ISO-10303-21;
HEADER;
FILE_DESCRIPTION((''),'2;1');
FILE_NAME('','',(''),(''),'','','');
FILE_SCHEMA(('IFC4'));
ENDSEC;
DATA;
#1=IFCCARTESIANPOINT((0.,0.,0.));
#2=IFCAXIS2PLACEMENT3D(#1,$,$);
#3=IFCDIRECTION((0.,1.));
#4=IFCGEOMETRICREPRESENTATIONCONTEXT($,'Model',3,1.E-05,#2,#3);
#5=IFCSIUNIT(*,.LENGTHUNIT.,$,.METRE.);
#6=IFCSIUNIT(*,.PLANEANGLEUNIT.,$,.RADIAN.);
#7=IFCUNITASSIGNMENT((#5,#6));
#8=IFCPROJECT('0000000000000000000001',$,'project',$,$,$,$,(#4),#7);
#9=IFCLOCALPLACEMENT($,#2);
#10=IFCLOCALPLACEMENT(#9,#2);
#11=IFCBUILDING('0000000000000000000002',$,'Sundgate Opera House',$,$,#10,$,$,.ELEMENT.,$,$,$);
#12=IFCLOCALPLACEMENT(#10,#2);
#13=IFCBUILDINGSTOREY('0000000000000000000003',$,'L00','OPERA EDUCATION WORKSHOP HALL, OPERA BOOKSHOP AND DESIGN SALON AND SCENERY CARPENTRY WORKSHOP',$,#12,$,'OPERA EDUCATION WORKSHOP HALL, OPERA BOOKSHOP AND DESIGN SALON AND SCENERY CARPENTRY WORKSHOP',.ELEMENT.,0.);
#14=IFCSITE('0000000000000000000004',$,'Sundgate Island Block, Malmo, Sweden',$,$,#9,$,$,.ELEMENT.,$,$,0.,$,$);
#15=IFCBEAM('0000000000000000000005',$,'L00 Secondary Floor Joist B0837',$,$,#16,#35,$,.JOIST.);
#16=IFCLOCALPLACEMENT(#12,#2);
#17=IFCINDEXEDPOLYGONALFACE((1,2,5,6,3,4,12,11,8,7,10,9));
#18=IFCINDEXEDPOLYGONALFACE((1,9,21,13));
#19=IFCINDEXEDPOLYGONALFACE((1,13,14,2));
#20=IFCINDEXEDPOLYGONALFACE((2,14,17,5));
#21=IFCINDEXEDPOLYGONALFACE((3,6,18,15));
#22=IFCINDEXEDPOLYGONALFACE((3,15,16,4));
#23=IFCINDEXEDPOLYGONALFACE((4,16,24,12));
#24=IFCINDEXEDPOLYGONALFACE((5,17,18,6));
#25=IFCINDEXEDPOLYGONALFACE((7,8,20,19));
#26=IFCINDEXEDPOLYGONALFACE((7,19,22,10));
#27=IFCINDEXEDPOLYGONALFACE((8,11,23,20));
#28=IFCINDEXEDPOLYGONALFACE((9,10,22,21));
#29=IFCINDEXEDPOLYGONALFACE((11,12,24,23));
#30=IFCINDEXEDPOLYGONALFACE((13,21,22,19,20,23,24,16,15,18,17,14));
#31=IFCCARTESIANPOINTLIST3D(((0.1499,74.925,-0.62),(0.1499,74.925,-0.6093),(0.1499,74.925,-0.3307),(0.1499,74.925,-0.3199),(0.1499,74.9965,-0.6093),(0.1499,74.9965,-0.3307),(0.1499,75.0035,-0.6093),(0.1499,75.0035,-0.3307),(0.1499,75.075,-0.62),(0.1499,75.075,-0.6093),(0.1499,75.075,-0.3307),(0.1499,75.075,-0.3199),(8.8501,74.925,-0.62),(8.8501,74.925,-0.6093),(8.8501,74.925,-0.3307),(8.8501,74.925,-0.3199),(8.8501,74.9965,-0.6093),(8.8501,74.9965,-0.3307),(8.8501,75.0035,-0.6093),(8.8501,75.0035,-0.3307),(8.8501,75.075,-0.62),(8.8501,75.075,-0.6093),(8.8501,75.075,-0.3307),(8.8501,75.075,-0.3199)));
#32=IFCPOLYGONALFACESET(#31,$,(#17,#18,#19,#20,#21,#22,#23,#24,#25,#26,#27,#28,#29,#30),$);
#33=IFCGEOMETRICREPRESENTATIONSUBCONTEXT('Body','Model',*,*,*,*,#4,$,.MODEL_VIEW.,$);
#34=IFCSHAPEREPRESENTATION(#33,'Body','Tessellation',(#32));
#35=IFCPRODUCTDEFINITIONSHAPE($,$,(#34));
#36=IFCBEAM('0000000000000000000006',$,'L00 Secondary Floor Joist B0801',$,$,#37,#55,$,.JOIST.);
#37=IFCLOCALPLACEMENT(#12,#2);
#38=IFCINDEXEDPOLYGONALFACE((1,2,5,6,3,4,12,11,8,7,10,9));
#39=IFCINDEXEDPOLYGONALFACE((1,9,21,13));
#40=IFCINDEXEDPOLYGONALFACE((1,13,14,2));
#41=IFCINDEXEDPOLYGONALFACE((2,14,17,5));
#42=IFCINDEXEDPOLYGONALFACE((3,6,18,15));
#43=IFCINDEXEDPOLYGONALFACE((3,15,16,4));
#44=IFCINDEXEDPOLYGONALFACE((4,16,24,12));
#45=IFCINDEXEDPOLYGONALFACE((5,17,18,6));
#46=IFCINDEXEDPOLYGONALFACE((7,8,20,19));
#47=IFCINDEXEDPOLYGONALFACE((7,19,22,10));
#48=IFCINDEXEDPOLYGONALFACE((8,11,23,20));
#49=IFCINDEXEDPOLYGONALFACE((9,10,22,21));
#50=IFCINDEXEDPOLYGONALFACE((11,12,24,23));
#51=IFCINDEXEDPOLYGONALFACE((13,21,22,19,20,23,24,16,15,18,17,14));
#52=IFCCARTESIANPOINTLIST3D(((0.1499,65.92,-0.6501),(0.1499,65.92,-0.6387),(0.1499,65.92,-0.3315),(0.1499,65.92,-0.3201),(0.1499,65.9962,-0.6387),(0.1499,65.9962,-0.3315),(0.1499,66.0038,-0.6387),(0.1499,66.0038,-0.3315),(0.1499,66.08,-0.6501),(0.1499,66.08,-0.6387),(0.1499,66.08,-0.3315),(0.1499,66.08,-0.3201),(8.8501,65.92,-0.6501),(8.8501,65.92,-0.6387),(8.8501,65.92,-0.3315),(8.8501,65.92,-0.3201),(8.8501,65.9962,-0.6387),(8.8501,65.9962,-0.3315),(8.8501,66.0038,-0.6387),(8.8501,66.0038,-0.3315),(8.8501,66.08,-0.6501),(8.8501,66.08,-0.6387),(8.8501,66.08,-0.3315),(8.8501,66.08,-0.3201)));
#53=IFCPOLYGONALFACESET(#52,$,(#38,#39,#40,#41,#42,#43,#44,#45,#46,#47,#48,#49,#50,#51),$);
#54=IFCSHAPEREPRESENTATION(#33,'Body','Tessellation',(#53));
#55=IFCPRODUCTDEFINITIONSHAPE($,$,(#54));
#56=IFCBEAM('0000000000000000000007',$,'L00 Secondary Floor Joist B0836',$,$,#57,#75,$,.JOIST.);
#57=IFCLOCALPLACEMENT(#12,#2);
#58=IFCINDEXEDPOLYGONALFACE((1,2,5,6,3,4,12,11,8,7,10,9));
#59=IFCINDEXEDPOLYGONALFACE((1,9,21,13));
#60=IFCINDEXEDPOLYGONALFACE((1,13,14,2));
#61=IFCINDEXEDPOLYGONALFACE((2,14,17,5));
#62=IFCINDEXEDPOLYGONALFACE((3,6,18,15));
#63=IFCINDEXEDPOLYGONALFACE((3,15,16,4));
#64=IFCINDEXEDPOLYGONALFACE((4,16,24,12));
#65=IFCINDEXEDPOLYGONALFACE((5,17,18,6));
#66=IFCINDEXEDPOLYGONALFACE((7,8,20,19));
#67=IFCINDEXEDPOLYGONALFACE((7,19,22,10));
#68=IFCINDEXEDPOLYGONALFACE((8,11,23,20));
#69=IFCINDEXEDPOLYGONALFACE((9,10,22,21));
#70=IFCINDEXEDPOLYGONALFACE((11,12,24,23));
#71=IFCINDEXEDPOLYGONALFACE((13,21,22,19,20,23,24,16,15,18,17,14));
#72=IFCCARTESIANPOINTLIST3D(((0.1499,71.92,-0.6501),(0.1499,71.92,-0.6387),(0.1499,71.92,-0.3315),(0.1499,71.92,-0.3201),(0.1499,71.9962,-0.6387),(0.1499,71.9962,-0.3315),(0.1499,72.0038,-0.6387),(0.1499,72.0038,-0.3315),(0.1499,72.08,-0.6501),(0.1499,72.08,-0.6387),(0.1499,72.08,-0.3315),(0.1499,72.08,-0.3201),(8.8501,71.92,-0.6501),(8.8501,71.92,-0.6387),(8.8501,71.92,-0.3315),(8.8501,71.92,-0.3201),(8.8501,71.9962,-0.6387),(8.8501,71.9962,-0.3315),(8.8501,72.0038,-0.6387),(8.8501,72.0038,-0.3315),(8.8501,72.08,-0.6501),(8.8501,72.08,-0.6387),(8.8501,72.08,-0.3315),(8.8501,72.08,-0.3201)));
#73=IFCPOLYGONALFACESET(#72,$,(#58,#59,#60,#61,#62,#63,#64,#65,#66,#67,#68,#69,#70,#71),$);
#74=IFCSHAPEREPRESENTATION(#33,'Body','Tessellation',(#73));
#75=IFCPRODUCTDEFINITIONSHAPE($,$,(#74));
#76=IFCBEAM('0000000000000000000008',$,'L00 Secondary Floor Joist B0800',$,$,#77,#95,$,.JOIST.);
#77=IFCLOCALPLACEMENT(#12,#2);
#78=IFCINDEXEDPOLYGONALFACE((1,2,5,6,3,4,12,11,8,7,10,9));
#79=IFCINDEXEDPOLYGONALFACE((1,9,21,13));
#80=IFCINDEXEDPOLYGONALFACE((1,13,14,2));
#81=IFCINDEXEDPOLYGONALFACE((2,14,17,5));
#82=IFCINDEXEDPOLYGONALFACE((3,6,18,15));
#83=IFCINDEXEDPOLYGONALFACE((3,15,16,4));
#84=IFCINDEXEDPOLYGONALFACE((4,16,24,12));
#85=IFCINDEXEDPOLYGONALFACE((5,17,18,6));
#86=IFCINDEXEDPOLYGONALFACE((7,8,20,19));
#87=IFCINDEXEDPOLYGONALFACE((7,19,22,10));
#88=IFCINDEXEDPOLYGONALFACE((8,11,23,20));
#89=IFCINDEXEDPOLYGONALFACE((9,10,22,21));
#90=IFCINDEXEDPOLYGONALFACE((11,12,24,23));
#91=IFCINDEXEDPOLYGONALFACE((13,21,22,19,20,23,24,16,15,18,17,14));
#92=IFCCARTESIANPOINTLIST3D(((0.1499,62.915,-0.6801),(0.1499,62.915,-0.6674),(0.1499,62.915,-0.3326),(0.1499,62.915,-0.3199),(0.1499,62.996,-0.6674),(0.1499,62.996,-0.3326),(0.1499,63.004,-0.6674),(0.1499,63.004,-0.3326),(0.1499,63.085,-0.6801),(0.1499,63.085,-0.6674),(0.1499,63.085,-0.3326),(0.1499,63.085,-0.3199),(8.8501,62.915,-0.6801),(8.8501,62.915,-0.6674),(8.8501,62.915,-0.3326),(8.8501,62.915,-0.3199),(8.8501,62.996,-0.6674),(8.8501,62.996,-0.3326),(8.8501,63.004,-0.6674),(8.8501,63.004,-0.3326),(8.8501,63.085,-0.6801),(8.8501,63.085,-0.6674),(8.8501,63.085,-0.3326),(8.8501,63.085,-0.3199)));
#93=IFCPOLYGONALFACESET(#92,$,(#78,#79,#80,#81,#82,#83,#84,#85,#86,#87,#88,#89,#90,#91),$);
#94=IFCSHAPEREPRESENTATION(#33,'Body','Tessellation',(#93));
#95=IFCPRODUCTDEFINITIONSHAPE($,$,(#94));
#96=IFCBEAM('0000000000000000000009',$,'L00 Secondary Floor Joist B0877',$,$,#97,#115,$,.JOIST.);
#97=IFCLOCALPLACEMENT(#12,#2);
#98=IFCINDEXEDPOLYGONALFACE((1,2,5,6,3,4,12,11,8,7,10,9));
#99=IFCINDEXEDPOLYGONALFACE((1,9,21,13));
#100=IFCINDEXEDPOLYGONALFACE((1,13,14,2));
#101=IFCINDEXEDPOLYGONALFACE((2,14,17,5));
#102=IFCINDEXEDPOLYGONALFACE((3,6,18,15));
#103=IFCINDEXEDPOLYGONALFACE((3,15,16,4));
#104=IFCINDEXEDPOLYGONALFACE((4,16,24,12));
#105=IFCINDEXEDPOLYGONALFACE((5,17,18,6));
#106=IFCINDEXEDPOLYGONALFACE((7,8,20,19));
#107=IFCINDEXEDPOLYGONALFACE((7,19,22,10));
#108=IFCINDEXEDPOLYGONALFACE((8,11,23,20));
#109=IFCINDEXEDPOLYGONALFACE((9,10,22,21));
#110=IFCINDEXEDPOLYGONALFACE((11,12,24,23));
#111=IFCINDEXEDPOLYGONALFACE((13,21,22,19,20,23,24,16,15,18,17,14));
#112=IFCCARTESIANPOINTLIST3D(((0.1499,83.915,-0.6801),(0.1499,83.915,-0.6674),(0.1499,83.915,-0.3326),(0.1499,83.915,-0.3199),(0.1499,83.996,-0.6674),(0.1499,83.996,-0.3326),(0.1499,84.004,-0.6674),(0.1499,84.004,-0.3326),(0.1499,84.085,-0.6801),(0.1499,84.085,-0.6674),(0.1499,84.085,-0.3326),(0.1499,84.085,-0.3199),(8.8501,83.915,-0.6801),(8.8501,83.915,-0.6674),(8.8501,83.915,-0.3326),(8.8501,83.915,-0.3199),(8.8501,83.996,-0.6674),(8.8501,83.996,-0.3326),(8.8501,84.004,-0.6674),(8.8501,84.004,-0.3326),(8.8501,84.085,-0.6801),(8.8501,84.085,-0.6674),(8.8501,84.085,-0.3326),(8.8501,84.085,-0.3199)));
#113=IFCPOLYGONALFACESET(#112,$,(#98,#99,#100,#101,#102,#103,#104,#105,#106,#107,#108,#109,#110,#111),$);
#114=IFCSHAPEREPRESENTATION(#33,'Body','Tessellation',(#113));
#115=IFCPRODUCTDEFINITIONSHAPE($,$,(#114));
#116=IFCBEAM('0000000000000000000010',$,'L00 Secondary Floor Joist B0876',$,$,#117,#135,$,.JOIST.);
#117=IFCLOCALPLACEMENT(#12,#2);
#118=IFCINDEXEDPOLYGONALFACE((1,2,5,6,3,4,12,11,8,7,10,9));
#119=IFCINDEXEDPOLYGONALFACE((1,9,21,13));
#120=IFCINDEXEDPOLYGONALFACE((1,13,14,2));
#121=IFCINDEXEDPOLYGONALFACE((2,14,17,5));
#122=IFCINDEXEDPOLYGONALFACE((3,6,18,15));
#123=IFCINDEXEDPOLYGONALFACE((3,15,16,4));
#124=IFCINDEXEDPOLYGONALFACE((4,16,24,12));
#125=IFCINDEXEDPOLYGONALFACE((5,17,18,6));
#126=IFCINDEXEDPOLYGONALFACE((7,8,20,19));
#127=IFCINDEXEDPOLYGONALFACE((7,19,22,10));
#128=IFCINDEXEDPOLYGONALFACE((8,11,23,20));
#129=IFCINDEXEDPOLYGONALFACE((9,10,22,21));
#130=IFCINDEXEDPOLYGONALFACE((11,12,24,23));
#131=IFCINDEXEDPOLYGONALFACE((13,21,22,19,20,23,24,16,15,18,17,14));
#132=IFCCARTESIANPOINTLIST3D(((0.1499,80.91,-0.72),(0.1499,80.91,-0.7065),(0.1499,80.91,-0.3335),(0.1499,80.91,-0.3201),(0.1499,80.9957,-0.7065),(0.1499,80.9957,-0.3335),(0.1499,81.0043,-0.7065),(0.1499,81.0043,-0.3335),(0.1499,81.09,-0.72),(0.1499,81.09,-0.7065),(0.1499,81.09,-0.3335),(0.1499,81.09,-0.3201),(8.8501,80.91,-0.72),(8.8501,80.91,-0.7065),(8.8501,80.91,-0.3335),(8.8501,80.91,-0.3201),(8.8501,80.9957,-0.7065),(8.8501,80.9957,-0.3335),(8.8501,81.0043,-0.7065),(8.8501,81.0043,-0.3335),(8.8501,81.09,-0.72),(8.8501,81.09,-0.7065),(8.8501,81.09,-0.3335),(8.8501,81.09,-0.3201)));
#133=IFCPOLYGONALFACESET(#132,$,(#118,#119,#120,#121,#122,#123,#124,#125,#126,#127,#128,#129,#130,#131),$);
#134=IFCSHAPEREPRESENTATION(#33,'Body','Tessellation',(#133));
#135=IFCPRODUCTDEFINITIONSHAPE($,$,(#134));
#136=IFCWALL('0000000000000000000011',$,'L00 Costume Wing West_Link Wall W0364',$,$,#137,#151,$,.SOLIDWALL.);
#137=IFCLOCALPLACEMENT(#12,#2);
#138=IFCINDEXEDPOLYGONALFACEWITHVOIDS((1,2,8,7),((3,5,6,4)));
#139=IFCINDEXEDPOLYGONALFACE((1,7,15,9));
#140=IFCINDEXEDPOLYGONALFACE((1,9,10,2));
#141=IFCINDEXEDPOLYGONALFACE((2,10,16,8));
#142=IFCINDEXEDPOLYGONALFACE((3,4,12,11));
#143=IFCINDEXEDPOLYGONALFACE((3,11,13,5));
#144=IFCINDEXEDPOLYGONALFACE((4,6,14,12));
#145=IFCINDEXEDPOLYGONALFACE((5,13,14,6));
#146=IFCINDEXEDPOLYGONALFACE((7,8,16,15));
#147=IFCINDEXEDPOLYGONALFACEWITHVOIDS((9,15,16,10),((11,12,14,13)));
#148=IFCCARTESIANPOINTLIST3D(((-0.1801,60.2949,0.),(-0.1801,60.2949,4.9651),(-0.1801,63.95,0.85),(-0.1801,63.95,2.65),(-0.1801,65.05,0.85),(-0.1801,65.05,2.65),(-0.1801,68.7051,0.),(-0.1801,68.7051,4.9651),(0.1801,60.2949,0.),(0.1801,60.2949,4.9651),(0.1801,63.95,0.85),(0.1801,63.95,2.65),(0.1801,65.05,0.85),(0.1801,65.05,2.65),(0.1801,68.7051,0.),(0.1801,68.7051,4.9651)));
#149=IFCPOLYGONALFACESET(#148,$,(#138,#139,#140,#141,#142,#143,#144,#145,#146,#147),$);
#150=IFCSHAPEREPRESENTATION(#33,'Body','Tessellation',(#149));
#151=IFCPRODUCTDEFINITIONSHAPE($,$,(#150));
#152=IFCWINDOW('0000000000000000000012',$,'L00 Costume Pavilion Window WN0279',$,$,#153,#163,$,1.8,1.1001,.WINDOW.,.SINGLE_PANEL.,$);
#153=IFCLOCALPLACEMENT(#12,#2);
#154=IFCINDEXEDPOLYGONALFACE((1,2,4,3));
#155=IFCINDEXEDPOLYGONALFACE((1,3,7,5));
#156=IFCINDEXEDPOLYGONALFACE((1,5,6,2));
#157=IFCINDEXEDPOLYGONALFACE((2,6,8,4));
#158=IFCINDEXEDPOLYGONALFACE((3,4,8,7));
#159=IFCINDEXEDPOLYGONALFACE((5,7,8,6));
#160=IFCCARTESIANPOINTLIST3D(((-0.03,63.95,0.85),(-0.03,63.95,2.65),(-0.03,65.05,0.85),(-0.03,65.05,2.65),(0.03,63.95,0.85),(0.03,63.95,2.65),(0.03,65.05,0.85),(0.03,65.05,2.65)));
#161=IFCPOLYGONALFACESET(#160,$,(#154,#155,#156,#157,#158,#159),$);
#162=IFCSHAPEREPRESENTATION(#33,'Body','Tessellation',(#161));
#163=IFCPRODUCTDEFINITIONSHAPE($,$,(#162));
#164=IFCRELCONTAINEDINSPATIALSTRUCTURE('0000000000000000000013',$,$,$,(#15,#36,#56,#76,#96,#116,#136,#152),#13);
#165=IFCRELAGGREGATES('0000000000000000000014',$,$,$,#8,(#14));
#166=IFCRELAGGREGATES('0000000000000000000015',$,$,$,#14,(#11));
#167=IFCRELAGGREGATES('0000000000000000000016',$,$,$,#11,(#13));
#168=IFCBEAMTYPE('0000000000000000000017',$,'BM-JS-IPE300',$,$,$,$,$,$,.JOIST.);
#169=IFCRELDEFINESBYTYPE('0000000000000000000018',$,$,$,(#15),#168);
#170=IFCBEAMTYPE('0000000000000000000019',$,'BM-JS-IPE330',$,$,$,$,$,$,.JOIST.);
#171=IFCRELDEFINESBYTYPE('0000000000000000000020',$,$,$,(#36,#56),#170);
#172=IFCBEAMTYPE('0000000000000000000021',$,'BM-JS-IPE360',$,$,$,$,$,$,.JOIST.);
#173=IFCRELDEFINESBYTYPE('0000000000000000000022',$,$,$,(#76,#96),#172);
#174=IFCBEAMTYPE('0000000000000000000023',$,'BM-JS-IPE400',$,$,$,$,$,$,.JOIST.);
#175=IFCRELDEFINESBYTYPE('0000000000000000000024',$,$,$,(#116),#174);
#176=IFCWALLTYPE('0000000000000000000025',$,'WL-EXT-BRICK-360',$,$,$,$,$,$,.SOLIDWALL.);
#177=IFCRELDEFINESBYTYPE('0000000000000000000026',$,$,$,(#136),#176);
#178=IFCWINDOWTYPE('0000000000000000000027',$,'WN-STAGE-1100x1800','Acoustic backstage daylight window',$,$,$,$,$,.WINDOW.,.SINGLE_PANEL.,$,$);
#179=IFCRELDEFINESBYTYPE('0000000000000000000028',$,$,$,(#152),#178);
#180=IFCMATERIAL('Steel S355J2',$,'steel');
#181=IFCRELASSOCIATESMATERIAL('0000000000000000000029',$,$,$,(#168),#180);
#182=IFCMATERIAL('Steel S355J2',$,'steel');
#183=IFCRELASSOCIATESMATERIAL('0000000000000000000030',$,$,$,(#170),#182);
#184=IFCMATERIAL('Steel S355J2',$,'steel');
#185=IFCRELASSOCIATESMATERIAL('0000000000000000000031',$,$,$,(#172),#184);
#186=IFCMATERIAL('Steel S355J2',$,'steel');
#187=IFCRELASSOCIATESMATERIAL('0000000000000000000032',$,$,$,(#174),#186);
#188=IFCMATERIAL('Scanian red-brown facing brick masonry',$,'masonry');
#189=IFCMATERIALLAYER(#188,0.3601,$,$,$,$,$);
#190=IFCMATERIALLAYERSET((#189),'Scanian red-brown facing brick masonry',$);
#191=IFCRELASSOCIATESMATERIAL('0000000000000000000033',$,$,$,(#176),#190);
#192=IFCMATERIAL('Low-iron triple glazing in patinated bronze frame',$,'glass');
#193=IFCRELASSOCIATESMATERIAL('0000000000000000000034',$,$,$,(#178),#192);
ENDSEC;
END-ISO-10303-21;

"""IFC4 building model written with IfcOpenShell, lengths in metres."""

from ifc_helpers import new_model, si_unit, direction, frame, frame_2d, origin, origin_2d, place, context, subcontext, project, spatial, rectangle, i_section, extrude, material, layer, layer_set, material_profile, profile_set, type_object, element, fill, save


model = new_model("IFC4")

# Units and contexts
model_context = context("Model", 3, precision=1e-05, world=origin(), true_north=direction((0.0, 1.0)))
body_context = subcontext(model_context, "Body", "Model", "MODEL_VIEW")
ifc_project = project(units=[si_unit("LENGTHUNIT", "METRE"), si_unit("PLANEANGLEUNIT", "RADIAN")], contexts=[model_context])

# Site, building, storey
site_placement = place(None, origin())
site = spatial("IfcSite", under=ifc_project, at=site_placement, Name="Sundgate Island Block, Malmo, Sweden", CompositionType="ELEMENT", RefElevation=0.0)
building_placement = place(site_placement, origin())
building = spatial("IfcBuilding", under=site, at=building_placement, Name="Sundgate Opera House", CompositionType="ELEMENT")
storey_placement = place(building_placement, origin())
storey = spatial("IfcBuildingStorey", under=building, at=storey_placement, Name="L00", Description="OPERA EDUCATION WORKSHOP HALL, OPERA BOOKSHOP AND DESIGN SALON AND SCENERY CARPENTRY WORKSHOP", LongName="OPERA EDUCATION WORKSHOP HALL, OPERA BOOKSHOP AND DESIGN SALON AND SCENERY CARPENTRY WORKSHOP", CompositionType="ELEMENT", Elevation=0.0)

# Beams
ifc_material_1 = material(Name="Steel S355J2", Category="steel")
ifc_material_profile_1 = material_profile(ifc_material_1, i_section(OverallWidth=0.1499, OverallDepth=0.3, WebThickness=0.0071, FlangeThickness=0.0107, at=origin_2d()), Name="IPE 300")
ifc_profile_set_1 = profile_set([ifc_material_profile_1], Name="Steel S355J2")
beam_type_1 = type_object("IfcBeamType", Name="BM-JS-IPE300", PredefinedType="JOIST", material=ifc_profile_set_1)
beam_1_placement = place(storey_placement, frame((0.1499, 75.0, -0.47), z_axis=(1.0, 0.0, 0.0), x_axis=(0.0, 1.0, 0.0)))
element("IfcBeam", 1, at=beam_1_placement, inside=storey, type_object=beam_type_1, Name="L00 Secondary Floor Joist B0837", PredefinedType="JOIST", context=body_context, shape_type="SweptSolid", body=[
    extrude(i_section(OverallWidth=0.1499, OverallDepth=0.3, WebThickness=0.0071, FlangeThickness=0.0107, at=origin_2d()), origin(), (0.0, 0.0, 1.0), 8.7002),
])
ifc_material_2 = material(Name="Steel S355J2", Category="steel")
ifc_material_profile_2 = material_profile(ifc_material_2, i_section(OverallWidth=0.1599, OverallDepth=0.3301, WebThickness=0.0076, FlangeThickness=0.0115, at=origin_2d()), Name="IPE 330")
ifc_profile_set_2 = profile_set([ifc_material_profile_2], Name="Steel S355J2")
beam_type_2 = type_object("IfcBeamType", Name="BM-JS-IPE330", PredefinedType="JOIST", material=ifc_profile_set_2)
for number, where, z_axis, x_axis, name in (
    (2, (0.1499, 66.0, -0.4851), (1.0, 0.0, 0.0), (0.0, 1.0, 0.0), "L00 Secondary Floor Joist B0801"),
    (3, (0.1499, 72.0, -0.4851), (1.0, 0.0, 0.0), (0.0, 1.0, 0.0), "L00 Secondary Floor Joist B0836"),
):
    element("IfcBeam", number, at=place(storey_placement, frame(where, z_axis=z_axis, x_axis=x_axis)), inside=storey, type_object=beam_type_2, Name=name, PredefinedType="JOIST", context=body_context, shape_type="SweptSolid", body=[
        extrude(i_section(OverallWidth=0.1599, OverallDepth=0.3301, WebThickness=0.0076, FlangeThickness=0.0115, at=origin_2d()), origin(), (0.0, 0.0, 1.0), 8.7002),
    ])
ifc_material_3 = material(Name="Steel S355J2", Category="steel")
ifc_material_profile_3 = material_profile(ifc_material_3, i_section(OverallWidth=0.1699, OverallDepth=0.3601, WebThickness=0.0081, FlangeThickness=0.0127, at=origin_2d()), Name="IPE 360")
ifc_profile_set_3 = profile_set([ifc_material_profile_3], Name="Steel S355J2")
beam_type_3 = type_object("IfcBeamType", Name="BM-JS-IPE360", PredefinedType="JOIST", material=ifc_profile_set_3)
for number, where, z_axis, x_axis, name in (
    (4, (0.1499, 63.0, -0.5), (1.0, 0.0, 0.0), (0.0, 1.0, 0.0), "L00 Secondary Floor Joist B0800"),
    (5, (0.1499, 84.0, -0.5), (1.0, 0.0, 0.0), (0.0, 1.0, 0.0), "L00 Secondary Floor Joist B0877"),
):
    element("IfcBeam", number, at=place(storey_placement, frame(where, z_axis=z_axis, x_axis=x_axis)), inside=storey, type_object=beam_type_3, Name=name, PredefinedType="JOIST", context=body_context, shape_type="SweptSolid", body=[
        extrude(i_section(OverallWidth=0.1699, OverallDepth=0.3601, WebThickness=0.0081, FlangeThickness=0.0127, at=origin_2d()), origin(), (0.0, 0.0, 1.0), 8.7002),
    ])
ifc_material_4 = material(Name="Steel S355J2", Category="steel")
ifc_material_profile_4 = material_profile(ifc_material_4, i_section(OverallWidth=0.1799, OverallDepth=0.3999, WebThickness=0.0085, FlangeThickness=0.0134, at=origin_2d()), Name="IPE 400")
ifc_profile_set_4 = profile_set([ifc_material_profile_4], Name="Steel S355J2")
beam_type_4 = type_object("IfcBeamType", Name="BM-JS-IPE400", PredefinedType="JOIST", material=ifc_profile_set_4)
beam_2_placement = place(storey_placement, frame((0.1499, 81.0, -0.52), z_axis=(1.0, 0.0, 0.0), x_axis=(0.0, 1.0, 0.0)))
element("IfcBeam", 6, at=beam_2_placement, inside=storey, type_object=beam_type_4, Name="L00 Secondary Floor Joist B0876", PredefinedType="JOIST", context=body_context, shape_type="SweptSolid", body=[
    extrude(i_section(OverallWidth=0.1799, OverallDepth=0.3999, WebThickness=0.0085, FlangeThickness=0.0134, at=origin_2d()), origin(), (0.0, 0.0, 1.0), 8.7002),
])

# Wall, opening, window
ifc_material_5 = material(Name="Scanian red-brown facing brick masonry", Category="masonry")
ifc_layer_1 = layer(ifc_material_5, 0.3601)
ifc_layer_set_1 = layer_set([ifc_layer_1], Name="Scanian red-brown facing brick masonry")
wall_type_1 = type_object("IfcWallType", Name="WL-EXT-BRICK-360", PredefinedType="SOLIDWALL", material=ifc_layer_set_1)
wall_1_placement = place(storey_placement, frame((0.0, 68.7051, 0.0), z_axis=(0.0, 0.0, 1.0), x_axis=(0.0, -1.0, 0.0)))
wall_1 = element("IfcWall", 7, at=wall_1_placement, inside=storey, type_object=wall_type_1, Name="L00 Costume Wing West_Link Wall W0364", PredefinedType="SOLIDWALL", context=body_context, shape_type="SweptSolid", body=[
    extrude(rectangle(XDim=8.4102, YDim=0.3601, at=frame_2d((4.2051, 0.0))), origin(), (0.0, 0.0, 1.0), 4.9651),
])
opening_1_placement = place(wall_1_placement, frame((3.655, 0.0, 0.8501)))
opening_1 = element("IfcOpeningElement", 8, at=opening_1_placement, cuts=wall_1, PredefinedType="OPENING", context=body_context, shape_type="SweptSolid", body=[
    extrude(rectangle(XDim=1.1001, YDim=1.8, at=frame_2d((0.55, 0.8999))), frame((0.0, 0.1899, 0.0), z_axis=(0.0, -1.0, 0.0), x_axis=(1.0, 0.0, 0.0)), (0.0, 0.0, 1.0), 0.3801),
])
ifc_material_6 = material(Name="Low-iron triple glazing in patinated bronze frame", Category="glass")
window_type_1 = type_object("IfcWindowType", Name="WN-STAGE-1100x1800", Description="Acoustic backstage daylight window", PartitioningType="SINGLE_PANEL", PredefinedType="WINDOW", material=ifc_material_6)
window_1_placement = place(opening_1_placement, origin())
window_1 = element("IfcWindow", 9, at=window_1_placement, inside=storey, type_object=window_type_1, Name="L00 Costume Pavilion Window WN0279", OverallHeight=1.8, OverallWidth=1.1001, PartitioningType="SINGLE_PANEL", PredefinedType="WINDOW", context=body_context, shape_type="SweptSolid", body=[
    extrude(rectangle(XDim=1.1001, YDim=1.8, at=frame_2d((0.55, 0.8999))), frame((0.0, 0.03, 0.0), z_axis=(0.0, -1.0, 0.0), x_axis=(1.0, 0.0, 0.0)), (0.0, 0.0, 1.0), 0.0601),
])
fill(opening_1, window_1)

save(model, "model.ifc")
